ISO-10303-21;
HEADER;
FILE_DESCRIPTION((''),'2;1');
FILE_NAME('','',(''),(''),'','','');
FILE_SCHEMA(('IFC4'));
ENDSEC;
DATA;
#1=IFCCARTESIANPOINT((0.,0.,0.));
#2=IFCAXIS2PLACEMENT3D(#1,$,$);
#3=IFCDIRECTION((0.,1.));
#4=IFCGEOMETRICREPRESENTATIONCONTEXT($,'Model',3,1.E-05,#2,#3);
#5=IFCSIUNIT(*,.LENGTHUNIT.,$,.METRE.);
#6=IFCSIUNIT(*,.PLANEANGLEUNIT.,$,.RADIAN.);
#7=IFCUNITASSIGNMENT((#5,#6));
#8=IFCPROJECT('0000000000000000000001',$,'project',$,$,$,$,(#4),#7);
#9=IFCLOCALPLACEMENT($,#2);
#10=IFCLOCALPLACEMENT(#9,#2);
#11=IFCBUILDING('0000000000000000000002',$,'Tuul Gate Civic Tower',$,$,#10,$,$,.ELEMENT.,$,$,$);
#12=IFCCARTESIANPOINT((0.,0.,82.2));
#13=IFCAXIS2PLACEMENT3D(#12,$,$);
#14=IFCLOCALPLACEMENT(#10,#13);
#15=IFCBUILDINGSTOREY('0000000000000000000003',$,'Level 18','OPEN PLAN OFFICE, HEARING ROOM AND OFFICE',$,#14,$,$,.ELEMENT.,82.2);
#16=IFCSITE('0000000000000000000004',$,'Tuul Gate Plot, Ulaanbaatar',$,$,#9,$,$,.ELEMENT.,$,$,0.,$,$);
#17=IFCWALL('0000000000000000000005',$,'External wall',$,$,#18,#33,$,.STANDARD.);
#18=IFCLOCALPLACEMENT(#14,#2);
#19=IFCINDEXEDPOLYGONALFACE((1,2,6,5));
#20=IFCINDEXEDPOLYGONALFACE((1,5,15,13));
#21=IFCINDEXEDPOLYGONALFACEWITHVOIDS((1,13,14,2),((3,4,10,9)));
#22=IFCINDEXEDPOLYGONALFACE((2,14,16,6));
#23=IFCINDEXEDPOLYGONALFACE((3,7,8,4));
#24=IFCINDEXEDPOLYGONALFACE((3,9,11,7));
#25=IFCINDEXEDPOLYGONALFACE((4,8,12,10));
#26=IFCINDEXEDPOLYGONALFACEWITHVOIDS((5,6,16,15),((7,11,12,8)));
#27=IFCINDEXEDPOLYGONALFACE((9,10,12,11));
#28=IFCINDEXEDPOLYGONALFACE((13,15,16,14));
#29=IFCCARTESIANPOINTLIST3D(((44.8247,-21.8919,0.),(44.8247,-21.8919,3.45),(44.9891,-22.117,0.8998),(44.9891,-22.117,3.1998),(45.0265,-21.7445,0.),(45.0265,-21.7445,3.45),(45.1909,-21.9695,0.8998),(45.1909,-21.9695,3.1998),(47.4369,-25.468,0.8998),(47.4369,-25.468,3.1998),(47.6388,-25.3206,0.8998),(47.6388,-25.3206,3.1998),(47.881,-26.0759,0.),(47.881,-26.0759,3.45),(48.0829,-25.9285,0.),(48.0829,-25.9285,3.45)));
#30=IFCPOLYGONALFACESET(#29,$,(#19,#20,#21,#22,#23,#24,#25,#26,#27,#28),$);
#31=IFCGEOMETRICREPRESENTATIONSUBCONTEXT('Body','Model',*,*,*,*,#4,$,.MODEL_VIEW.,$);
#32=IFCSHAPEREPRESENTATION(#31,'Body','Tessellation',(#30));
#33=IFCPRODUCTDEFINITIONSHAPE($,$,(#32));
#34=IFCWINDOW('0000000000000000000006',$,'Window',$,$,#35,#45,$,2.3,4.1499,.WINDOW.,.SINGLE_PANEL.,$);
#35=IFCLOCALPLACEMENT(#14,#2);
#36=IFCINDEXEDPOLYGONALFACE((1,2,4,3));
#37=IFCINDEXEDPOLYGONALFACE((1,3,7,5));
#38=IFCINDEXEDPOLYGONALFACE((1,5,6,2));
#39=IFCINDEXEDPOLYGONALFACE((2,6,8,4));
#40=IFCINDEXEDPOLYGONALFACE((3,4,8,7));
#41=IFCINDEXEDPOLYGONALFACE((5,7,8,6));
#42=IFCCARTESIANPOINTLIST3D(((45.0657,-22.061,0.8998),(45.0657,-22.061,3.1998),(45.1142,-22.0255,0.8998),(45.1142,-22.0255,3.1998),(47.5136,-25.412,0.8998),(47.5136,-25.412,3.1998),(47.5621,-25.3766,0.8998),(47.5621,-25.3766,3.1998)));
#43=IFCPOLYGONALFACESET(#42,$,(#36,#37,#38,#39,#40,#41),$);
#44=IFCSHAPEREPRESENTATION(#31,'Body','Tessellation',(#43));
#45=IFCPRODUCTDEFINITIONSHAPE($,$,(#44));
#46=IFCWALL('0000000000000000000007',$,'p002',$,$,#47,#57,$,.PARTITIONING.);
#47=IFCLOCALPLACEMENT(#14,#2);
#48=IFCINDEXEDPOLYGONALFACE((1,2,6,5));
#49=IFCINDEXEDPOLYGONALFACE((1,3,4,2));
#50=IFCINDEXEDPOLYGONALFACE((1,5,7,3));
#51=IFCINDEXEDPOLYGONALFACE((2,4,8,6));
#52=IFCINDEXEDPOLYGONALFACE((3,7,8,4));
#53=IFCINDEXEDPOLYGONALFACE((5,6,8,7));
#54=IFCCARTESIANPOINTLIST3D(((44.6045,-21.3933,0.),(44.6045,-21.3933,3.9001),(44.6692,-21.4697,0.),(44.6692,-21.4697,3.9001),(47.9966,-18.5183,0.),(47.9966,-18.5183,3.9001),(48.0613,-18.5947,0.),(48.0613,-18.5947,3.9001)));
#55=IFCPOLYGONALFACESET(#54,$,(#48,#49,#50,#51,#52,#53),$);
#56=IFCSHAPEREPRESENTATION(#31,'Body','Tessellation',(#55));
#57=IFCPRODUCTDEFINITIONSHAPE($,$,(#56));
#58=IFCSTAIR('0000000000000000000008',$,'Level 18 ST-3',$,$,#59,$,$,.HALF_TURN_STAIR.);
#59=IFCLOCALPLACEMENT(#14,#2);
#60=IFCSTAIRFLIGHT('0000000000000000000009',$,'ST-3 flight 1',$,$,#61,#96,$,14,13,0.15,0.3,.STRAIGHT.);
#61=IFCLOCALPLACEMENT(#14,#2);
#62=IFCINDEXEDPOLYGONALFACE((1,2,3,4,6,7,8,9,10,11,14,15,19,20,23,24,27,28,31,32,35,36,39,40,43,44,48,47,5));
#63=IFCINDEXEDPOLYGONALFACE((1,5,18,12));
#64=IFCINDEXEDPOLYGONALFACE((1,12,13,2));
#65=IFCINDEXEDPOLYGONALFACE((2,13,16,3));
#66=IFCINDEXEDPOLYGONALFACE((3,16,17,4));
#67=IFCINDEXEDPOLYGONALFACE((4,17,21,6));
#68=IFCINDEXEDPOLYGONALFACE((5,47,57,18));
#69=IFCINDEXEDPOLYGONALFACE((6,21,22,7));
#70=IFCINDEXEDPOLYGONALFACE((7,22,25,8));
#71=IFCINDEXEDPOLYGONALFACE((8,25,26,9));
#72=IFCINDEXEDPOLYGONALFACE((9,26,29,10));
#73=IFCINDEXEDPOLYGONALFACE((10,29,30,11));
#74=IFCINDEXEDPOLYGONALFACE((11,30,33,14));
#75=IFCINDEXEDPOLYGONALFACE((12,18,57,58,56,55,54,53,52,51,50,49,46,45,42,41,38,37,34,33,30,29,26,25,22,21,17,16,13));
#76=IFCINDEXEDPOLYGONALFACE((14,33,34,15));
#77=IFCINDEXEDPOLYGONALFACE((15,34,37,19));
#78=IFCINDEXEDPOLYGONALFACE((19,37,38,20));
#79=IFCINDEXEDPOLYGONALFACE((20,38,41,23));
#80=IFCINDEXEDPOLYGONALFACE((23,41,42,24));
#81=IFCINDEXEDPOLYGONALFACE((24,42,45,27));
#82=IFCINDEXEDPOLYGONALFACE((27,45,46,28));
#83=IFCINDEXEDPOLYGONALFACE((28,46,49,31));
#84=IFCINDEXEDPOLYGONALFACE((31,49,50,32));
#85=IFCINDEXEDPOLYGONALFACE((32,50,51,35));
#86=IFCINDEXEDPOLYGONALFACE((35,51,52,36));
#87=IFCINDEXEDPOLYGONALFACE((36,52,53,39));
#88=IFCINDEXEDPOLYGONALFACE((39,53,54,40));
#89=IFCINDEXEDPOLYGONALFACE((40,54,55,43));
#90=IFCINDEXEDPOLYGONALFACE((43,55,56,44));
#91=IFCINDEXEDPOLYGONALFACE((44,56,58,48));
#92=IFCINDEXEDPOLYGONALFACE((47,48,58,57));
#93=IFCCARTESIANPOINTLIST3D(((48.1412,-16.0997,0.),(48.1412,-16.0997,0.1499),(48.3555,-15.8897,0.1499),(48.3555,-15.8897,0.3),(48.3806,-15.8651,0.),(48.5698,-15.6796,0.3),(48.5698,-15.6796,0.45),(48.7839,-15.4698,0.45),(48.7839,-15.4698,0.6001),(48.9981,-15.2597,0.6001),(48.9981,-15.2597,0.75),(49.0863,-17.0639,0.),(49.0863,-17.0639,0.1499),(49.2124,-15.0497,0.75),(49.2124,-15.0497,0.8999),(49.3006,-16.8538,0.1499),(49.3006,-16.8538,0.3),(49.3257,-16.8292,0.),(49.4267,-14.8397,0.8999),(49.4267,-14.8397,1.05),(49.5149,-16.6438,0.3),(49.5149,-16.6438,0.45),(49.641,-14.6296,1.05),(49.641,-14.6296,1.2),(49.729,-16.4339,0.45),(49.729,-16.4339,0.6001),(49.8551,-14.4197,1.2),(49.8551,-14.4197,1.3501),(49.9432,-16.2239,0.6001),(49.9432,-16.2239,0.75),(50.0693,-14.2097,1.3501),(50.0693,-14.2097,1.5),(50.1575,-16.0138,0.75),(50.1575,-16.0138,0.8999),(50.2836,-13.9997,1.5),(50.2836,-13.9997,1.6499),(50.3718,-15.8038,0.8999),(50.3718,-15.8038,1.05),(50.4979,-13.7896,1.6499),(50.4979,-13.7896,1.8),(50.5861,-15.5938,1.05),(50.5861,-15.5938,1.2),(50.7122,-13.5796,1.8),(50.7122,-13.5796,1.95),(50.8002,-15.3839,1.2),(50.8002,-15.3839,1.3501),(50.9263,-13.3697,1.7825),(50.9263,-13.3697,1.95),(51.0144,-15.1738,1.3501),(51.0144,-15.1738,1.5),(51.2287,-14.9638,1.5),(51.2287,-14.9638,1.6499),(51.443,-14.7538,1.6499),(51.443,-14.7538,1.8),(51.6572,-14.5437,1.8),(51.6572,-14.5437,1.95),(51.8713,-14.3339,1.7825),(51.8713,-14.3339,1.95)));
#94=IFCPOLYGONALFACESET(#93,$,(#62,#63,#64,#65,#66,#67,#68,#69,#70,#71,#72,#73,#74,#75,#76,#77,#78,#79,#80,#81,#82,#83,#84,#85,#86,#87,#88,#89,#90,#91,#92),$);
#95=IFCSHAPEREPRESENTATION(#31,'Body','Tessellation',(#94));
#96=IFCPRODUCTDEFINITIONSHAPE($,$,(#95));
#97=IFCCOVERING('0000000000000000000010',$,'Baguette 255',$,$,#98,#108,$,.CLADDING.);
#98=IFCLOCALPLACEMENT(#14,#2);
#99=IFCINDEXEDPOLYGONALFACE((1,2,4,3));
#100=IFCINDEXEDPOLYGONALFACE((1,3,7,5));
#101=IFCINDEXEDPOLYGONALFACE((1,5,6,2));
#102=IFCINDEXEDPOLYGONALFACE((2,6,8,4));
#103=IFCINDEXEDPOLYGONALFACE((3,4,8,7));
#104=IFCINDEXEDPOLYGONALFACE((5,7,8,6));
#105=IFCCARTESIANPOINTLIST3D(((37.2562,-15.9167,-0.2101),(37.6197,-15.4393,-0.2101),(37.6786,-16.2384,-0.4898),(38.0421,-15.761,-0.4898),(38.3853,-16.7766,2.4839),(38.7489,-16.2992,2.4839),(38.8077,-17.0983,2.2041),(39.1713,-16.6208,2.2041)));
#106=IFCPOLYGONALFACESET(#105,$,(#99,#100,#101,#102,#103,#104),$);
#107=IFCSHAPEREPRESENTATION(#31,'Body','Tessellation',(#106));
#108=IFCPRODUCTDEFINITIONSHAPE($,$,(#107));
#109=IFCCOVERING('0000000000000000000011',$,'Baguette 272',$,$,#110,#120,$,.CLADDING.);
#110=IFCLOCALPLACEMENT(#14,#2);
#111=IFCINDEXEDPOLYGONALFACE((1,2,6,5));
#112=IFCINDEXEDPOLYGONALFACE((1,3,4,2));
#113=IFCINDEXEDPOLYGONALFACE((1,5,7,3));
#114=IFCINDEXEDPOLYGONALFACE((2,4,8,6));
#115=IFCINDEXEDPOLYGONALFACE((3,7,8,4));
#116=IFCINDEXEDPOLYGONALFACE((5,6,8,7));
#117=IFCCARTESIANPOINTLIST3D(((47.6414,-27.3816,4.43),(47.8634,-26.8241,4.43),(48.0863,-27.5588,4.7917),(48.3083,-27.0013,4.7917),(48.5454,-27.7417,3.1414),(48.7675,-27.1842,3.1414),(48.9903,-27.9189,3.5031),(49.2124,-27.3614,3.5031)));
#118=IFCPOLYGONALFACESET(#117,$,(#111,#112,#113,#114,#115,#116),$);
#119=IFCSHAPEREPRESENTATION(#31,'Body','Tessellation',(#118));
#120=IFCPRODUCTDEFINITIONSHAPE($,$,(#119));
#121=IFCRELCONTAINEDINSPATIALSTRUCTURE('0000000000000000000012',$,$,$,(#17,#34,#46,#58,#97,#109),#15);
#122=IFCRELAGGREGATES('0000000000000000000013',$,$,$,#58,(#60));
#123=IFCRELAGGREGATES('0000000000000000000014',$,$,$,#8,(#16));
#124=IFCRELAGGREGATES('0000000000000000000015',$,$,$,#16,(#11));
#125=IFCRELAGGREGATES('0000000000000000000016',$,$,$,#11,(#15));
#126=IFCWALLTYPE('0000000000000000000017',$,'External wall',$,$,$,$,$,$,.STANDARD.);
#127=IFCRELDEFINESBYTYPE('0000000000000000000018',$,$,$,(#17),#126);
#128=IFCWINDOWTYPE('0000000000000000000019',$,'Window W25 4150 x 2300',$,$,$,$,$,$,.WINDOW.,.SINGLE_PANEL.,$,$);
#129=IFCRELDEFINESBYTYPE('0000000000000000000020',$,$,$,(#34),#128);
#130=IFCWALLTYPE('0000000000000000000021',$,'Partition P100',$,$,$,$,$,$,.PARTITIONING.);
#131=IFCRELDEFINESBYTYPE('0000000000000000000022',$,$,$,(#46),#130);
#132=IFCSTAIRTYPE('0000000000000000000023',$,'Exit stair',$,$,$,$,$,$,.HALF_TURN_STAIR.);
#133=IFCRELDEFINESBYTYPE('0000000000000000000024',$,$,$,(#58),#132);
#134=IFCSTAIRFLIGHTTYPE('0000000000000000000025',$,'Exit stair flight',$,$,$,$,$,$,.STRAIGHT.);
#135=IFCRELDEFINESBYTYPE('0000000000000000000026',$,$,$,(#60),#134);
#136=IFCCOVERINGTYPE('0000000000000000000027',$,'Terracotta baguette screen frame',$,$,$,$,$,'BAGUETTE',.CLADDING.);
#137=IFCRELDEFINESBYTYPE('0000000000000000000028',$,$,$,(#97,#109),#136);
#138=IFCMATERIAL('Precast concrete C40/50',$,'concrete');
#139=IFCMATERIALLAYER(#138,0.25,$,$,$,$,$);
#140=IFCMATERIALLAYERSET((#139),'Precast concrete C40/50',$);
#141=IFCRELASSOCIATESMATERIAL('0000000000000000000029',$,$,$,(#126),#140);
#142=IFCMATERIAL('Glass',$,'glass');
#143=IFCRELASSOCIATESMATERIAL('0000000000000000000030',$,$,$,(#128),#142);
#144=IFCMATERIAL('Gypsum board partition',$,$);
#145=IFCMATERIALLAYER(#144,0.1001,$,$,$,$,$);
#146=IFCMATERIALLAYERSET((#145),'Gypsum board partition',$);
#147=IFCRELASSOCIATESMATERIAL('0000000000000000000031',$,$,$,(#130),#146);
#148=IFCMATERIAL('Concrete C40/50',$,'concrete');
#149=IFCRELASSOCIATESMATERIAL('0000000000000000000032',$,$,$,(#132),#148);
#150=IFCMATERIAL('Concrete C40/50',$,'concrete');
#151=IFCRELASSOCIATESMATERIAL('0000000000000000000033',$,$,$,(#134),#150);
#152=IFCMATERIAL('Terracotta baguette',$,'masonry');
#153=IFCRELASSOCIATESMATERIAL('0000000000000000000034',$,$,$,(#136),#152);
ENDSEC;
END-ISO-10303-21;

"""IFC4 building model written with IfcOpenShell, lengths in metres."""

from ifc_helpers import new_model, si_unit, direction, frame, frame_2d, origin, origin_2d, place, context, subcontext, project, spatial, polyline, rectangle, outline, extrude, material, layer, layer_set, material_profile, profile_set, type_object, element, fill, aggregate, save


model = new_model("IFC4")

# Units and contexts
model_context = context("Model", 3, precision=1e-05, world=origin(), true_north=direction((0.0, 1.0)))
body_context = subcontext(model_context, "Body", "Model", "MODEL_VIEW")
ifc_project = project(units=[si_unit("LENGTHUNIT", "METRE"), si_unit("PLANEANGLEUNIT", "RADIAN")], contexts=[model_context])

# Site, building, storey
site_placement = place(None, origin())
site = spatial("IfcSite", under=ifc_project, at=site_placement, Name="Tuul Gate Plot, Ulaanbaatar", CompositionType="ELEMENT", RefElevation=0.0)
building_placement = place(site_placement, origin())
building = spatial("IfcBuilding", under=site, at=building_placement, Name="Tuul Gate Civic Tower", CompositionType="ELEMENT")
storey_placement = place(building_placement, frame((0.0, 0.0, 82.2)))
storey = spatial("IfcBuildingStorey", under=building, at=storey_placement, Name="Level 18", Description="OPEN PLAN OFFICE, HEARING ROOM AND OFFICE", CompositionType="ELEMENT", Elevation=82.2)

# Wall, opening, window
ifc_material_1 = material(Name="Precast concrete C40/50", Category="concrete")
ifc_layer_1 = layer(ifc_material_1, 0.25)
ifc_layer_set_1 = layer_set([ifc_layer_1], Name="Precast concrete C40/50")
wall_type_1 = type_object("IfcWallType", Name="External wall", PredefinedType="STANDARD", material=ifc_layer_set_1)
wall_1_placement = place(storey_placement, frame((44.9255, -21.8181, 0.0), z_axis=(0.0, 0.0, 1.0), x_axis=(0.589865, -0.807502, 0.0)))
wall_1 = element("IfcWall", 1, at=wall_1_placement, inside=storey, type_object=wall_type_1, Name="External wall", PredefinedType="STANDARD", context=body_context, shape_type="SweptSolid", body=[
    extrude(rectangle(XDim=5.1814, YDim=0.25, at=frame_2d((2.5908, 0.0))), origin(), (0.0, 0.0, 1.0), 3.45),
])
opening_1_placement = place(wall_1_placement, frame((0.2788, 0.0, 0.8999)))
opening_1 = element("IfcOpeningElement", 2, at=opening_1_placement, cuts=wall_1, PredefinedType="OPENING", context=body_context, shape_type="SweptSolid", body=[
    extrude(rectangle(XDim=4.1499, YDim=2.3, at=frame_2d((2.075, 1.1499))), frame((0.0, 0.135, 0.0), z_axis=(0.0, -1.0, 0.0), x_axis=(1.0, 0.0, 0.0)), (0.0, 0.0, 1.0), 0.27),
])
ifc_material_2 = material(Name="Glass", Category="glass")
window_type_1 = type_object("IfcWindowType", Name="Window W25 4150 x 2300", PartitioningType="SINGLE_PANEL", PredefinedType="WINDOW", material=ifc_material_2)
window_1_placement = place(opening_1_placement, origin())
window_1 = element("IfcWindow", 3, at=window_1_placement, inside=storey, type_object=window_type_1, Name="Window", OverallHeight=2.3, OverallWidth=4.1499, PartitioningType="SINGLE_PANEL", PredefinedType="WINDOW", context=body_context, shape_type="SweptSolid", body=[
    extrude(rectangle(XDim=4.1499, YDim=2.3, at=frame_2d((2.075, 1.1499))), frame((0.0, 0.03, 0.0), z_axis=(0.0, -1.0, 0.0), x_axis=(1.0, 0.0, 0.0)), (0.0, 0.0, 1.0), 0.0601),
])
fill(opening_1, window_1)

# Wall
ifc_material_3 = material(Name="Gypsum board partition")
ifc_layer_2 = layer(ifc_material_3, 0.1001)
ifc_layer_set_2 = layer_set([ifc_layer_2], Name="Gypsum board partition")
wall_type_2 = type_object("IfcWallType", Name="Partition P100", PredefinedType="PARTITIONING", material=ifc_layer_set_2)
wall_2_placement = place(storey_placement, frame((44.637, -21.4314, 0.0), z_axis=(0.0, 0.0, 1.0), x_axis=(0.762857, 0.646567, 0.0)))
element("IfcWall", 4, at=wall_2_placement, inside=storey, type_object=wall_type_2, Name="p002", PredefinedType="PARTITIONING", context=body_context, shape_type="SweptSolid", body=[
    extrude(rectangle(XDim=4.4465, YDim=0.1001, at=frame_2d((2.2231, 0.0))), origin(), (0.0, 0.0, 1.0), 3.9001),
])

# Stair, stair flight
ifc_material_4 = material(Name="Concrete C40/50", Category="concrete")
stair_type = type_object("IfcStairType", Name="Exit stair", PredefinedType="HALF_TURN_STAIR", material=ifc_material_4)
stair_placement = place(storey_placement, origin())
stair = element("IfcStair", 5, at=stair_placement, inside=storey, type_object=stair_type, Name="Level 18 ST-3", PredefinedType="HALF_TURN_STAIR")
ifc_material_5 = material(Name="Concrete C40/50", Category="concrete")
stair_flight_type = type_object("IfcStairFlightType", Name="Exit stair flight", PredefinedType="STRAIGHT", material=ifc_material_5)
stair_flight_placement = place(storey_placement, frame((48.6138, -16.5818, 0.0), z_axis=(0.0, 0.0, 1.0), x_axis=(0.714127, 0.700016, 0.0)))
stair_flight = element("IfcStairFlight", 6, at=stair_flight_placement, type_object=stair_flight_type, Name="ST-3 flight 1", NumberOfRisers=14, NumberOfTreads=13, PredefinedType="STRAIGHT", RiserHeight=0.15, TreadLength=0.3, context=body_context, shape_type="SweptSolid", body=[
    extrude(outline(polyline([(0.0, 0.0), (0.0, 0.1499), (0.3, 0.1499), (0.3, 0.3), (0.6001, 0.3), (0.6001, 0.45), (0.8999, 0.45), (0.8999, 0.6001), (1.2, 0.6001), (1.2, 0.75), (1.5, 0.75), (1.5, 0.8999), (1.8, 0.8999), (1.8, 1.05), (2.1001, 1.05), (2.1001, 1.2), (2.3999, 1.2), (2.3999, 1.3501), (2.7, 1.3501), (2.7, 1.5), (3.0, 1.5), (3.0, 1.6499), (3.3, 1.6499), (3.3, 1.8), (3.6001, 1.8), (3.6001, 1.95), (3.8999, 1.95), (3.8999, 2.1001), (3.8999, 1.7825), (0.3352, 0.0), (0.0, 0.0)])), frame((0.0, 0.675, 0.0), z_axis=(0.0, -1.0, 0.0), x_axis=(1.0, 0.0, 0.0)), (0.0, 0.0, 1.0), 1.3501),
])
aggregate(stair, [stair_flight])

# Coverings
ifc_material_6 = material(Name="Terracotta baguette", Category="masonry")
ifc_material_profile_1 = material_profile(ifc_material_6, rectangle(XDim=0.6001, YDim=0.6001, at=origin_2d()), Name="Terracotta baguette screen frame")
ifc_profile_set_1 = profile_set([ifc_material_profile_1], Name="Terracotta baguette")
covering_type = type_object("IfcCoveringType", Name="Terracotta baguette screen frame", ElementType="BAGUETTE", PredefinedType="CLADDING", material=ifc_profile_set_1)
covering_1_placement = place(storey_placement, frame((38.7783, -16.6987, 2.344), z_axis=(-0.370838, 0.282398, -0.88472), x_axis=(-0.605846, -0.795582, 0.0)))
element("IfcCovering", 7, at=covering_1_placement, inside=storey, type_object=covering_type, Name="Baguette 255", PredefinedType="CLADDING", context=body_context, shape_type="SweptSolid", body=[
    extrude(rectangle(XDim=0.6001, YDim=0.6001, at=origin_2d()), origin(), (0.0, 0.0, 1.0), 3.0449),
])
covering_2_placement = place(storey_placement, frame((47.9749, -27.1914, 4.6108), z_axis=(0.559872, -0.223011, -0.798003), x_axis=(0.370049, 0.929012, 0.0)))
element("IfcCovering", 8, at=covering_2_placement, inside=storey, type_object=covering_type, Name="Baguette 272", PredefinedType="CLADDING", context=body_context, shape_type="SweptSolid", body=[
    extrude(rectangle(XDim=0.6001, YDim=0.6001, at=origin_2d()), origin(), (0.0, 0.0, 1.0), 1.6147),
])

save(model, "model.ifc")
